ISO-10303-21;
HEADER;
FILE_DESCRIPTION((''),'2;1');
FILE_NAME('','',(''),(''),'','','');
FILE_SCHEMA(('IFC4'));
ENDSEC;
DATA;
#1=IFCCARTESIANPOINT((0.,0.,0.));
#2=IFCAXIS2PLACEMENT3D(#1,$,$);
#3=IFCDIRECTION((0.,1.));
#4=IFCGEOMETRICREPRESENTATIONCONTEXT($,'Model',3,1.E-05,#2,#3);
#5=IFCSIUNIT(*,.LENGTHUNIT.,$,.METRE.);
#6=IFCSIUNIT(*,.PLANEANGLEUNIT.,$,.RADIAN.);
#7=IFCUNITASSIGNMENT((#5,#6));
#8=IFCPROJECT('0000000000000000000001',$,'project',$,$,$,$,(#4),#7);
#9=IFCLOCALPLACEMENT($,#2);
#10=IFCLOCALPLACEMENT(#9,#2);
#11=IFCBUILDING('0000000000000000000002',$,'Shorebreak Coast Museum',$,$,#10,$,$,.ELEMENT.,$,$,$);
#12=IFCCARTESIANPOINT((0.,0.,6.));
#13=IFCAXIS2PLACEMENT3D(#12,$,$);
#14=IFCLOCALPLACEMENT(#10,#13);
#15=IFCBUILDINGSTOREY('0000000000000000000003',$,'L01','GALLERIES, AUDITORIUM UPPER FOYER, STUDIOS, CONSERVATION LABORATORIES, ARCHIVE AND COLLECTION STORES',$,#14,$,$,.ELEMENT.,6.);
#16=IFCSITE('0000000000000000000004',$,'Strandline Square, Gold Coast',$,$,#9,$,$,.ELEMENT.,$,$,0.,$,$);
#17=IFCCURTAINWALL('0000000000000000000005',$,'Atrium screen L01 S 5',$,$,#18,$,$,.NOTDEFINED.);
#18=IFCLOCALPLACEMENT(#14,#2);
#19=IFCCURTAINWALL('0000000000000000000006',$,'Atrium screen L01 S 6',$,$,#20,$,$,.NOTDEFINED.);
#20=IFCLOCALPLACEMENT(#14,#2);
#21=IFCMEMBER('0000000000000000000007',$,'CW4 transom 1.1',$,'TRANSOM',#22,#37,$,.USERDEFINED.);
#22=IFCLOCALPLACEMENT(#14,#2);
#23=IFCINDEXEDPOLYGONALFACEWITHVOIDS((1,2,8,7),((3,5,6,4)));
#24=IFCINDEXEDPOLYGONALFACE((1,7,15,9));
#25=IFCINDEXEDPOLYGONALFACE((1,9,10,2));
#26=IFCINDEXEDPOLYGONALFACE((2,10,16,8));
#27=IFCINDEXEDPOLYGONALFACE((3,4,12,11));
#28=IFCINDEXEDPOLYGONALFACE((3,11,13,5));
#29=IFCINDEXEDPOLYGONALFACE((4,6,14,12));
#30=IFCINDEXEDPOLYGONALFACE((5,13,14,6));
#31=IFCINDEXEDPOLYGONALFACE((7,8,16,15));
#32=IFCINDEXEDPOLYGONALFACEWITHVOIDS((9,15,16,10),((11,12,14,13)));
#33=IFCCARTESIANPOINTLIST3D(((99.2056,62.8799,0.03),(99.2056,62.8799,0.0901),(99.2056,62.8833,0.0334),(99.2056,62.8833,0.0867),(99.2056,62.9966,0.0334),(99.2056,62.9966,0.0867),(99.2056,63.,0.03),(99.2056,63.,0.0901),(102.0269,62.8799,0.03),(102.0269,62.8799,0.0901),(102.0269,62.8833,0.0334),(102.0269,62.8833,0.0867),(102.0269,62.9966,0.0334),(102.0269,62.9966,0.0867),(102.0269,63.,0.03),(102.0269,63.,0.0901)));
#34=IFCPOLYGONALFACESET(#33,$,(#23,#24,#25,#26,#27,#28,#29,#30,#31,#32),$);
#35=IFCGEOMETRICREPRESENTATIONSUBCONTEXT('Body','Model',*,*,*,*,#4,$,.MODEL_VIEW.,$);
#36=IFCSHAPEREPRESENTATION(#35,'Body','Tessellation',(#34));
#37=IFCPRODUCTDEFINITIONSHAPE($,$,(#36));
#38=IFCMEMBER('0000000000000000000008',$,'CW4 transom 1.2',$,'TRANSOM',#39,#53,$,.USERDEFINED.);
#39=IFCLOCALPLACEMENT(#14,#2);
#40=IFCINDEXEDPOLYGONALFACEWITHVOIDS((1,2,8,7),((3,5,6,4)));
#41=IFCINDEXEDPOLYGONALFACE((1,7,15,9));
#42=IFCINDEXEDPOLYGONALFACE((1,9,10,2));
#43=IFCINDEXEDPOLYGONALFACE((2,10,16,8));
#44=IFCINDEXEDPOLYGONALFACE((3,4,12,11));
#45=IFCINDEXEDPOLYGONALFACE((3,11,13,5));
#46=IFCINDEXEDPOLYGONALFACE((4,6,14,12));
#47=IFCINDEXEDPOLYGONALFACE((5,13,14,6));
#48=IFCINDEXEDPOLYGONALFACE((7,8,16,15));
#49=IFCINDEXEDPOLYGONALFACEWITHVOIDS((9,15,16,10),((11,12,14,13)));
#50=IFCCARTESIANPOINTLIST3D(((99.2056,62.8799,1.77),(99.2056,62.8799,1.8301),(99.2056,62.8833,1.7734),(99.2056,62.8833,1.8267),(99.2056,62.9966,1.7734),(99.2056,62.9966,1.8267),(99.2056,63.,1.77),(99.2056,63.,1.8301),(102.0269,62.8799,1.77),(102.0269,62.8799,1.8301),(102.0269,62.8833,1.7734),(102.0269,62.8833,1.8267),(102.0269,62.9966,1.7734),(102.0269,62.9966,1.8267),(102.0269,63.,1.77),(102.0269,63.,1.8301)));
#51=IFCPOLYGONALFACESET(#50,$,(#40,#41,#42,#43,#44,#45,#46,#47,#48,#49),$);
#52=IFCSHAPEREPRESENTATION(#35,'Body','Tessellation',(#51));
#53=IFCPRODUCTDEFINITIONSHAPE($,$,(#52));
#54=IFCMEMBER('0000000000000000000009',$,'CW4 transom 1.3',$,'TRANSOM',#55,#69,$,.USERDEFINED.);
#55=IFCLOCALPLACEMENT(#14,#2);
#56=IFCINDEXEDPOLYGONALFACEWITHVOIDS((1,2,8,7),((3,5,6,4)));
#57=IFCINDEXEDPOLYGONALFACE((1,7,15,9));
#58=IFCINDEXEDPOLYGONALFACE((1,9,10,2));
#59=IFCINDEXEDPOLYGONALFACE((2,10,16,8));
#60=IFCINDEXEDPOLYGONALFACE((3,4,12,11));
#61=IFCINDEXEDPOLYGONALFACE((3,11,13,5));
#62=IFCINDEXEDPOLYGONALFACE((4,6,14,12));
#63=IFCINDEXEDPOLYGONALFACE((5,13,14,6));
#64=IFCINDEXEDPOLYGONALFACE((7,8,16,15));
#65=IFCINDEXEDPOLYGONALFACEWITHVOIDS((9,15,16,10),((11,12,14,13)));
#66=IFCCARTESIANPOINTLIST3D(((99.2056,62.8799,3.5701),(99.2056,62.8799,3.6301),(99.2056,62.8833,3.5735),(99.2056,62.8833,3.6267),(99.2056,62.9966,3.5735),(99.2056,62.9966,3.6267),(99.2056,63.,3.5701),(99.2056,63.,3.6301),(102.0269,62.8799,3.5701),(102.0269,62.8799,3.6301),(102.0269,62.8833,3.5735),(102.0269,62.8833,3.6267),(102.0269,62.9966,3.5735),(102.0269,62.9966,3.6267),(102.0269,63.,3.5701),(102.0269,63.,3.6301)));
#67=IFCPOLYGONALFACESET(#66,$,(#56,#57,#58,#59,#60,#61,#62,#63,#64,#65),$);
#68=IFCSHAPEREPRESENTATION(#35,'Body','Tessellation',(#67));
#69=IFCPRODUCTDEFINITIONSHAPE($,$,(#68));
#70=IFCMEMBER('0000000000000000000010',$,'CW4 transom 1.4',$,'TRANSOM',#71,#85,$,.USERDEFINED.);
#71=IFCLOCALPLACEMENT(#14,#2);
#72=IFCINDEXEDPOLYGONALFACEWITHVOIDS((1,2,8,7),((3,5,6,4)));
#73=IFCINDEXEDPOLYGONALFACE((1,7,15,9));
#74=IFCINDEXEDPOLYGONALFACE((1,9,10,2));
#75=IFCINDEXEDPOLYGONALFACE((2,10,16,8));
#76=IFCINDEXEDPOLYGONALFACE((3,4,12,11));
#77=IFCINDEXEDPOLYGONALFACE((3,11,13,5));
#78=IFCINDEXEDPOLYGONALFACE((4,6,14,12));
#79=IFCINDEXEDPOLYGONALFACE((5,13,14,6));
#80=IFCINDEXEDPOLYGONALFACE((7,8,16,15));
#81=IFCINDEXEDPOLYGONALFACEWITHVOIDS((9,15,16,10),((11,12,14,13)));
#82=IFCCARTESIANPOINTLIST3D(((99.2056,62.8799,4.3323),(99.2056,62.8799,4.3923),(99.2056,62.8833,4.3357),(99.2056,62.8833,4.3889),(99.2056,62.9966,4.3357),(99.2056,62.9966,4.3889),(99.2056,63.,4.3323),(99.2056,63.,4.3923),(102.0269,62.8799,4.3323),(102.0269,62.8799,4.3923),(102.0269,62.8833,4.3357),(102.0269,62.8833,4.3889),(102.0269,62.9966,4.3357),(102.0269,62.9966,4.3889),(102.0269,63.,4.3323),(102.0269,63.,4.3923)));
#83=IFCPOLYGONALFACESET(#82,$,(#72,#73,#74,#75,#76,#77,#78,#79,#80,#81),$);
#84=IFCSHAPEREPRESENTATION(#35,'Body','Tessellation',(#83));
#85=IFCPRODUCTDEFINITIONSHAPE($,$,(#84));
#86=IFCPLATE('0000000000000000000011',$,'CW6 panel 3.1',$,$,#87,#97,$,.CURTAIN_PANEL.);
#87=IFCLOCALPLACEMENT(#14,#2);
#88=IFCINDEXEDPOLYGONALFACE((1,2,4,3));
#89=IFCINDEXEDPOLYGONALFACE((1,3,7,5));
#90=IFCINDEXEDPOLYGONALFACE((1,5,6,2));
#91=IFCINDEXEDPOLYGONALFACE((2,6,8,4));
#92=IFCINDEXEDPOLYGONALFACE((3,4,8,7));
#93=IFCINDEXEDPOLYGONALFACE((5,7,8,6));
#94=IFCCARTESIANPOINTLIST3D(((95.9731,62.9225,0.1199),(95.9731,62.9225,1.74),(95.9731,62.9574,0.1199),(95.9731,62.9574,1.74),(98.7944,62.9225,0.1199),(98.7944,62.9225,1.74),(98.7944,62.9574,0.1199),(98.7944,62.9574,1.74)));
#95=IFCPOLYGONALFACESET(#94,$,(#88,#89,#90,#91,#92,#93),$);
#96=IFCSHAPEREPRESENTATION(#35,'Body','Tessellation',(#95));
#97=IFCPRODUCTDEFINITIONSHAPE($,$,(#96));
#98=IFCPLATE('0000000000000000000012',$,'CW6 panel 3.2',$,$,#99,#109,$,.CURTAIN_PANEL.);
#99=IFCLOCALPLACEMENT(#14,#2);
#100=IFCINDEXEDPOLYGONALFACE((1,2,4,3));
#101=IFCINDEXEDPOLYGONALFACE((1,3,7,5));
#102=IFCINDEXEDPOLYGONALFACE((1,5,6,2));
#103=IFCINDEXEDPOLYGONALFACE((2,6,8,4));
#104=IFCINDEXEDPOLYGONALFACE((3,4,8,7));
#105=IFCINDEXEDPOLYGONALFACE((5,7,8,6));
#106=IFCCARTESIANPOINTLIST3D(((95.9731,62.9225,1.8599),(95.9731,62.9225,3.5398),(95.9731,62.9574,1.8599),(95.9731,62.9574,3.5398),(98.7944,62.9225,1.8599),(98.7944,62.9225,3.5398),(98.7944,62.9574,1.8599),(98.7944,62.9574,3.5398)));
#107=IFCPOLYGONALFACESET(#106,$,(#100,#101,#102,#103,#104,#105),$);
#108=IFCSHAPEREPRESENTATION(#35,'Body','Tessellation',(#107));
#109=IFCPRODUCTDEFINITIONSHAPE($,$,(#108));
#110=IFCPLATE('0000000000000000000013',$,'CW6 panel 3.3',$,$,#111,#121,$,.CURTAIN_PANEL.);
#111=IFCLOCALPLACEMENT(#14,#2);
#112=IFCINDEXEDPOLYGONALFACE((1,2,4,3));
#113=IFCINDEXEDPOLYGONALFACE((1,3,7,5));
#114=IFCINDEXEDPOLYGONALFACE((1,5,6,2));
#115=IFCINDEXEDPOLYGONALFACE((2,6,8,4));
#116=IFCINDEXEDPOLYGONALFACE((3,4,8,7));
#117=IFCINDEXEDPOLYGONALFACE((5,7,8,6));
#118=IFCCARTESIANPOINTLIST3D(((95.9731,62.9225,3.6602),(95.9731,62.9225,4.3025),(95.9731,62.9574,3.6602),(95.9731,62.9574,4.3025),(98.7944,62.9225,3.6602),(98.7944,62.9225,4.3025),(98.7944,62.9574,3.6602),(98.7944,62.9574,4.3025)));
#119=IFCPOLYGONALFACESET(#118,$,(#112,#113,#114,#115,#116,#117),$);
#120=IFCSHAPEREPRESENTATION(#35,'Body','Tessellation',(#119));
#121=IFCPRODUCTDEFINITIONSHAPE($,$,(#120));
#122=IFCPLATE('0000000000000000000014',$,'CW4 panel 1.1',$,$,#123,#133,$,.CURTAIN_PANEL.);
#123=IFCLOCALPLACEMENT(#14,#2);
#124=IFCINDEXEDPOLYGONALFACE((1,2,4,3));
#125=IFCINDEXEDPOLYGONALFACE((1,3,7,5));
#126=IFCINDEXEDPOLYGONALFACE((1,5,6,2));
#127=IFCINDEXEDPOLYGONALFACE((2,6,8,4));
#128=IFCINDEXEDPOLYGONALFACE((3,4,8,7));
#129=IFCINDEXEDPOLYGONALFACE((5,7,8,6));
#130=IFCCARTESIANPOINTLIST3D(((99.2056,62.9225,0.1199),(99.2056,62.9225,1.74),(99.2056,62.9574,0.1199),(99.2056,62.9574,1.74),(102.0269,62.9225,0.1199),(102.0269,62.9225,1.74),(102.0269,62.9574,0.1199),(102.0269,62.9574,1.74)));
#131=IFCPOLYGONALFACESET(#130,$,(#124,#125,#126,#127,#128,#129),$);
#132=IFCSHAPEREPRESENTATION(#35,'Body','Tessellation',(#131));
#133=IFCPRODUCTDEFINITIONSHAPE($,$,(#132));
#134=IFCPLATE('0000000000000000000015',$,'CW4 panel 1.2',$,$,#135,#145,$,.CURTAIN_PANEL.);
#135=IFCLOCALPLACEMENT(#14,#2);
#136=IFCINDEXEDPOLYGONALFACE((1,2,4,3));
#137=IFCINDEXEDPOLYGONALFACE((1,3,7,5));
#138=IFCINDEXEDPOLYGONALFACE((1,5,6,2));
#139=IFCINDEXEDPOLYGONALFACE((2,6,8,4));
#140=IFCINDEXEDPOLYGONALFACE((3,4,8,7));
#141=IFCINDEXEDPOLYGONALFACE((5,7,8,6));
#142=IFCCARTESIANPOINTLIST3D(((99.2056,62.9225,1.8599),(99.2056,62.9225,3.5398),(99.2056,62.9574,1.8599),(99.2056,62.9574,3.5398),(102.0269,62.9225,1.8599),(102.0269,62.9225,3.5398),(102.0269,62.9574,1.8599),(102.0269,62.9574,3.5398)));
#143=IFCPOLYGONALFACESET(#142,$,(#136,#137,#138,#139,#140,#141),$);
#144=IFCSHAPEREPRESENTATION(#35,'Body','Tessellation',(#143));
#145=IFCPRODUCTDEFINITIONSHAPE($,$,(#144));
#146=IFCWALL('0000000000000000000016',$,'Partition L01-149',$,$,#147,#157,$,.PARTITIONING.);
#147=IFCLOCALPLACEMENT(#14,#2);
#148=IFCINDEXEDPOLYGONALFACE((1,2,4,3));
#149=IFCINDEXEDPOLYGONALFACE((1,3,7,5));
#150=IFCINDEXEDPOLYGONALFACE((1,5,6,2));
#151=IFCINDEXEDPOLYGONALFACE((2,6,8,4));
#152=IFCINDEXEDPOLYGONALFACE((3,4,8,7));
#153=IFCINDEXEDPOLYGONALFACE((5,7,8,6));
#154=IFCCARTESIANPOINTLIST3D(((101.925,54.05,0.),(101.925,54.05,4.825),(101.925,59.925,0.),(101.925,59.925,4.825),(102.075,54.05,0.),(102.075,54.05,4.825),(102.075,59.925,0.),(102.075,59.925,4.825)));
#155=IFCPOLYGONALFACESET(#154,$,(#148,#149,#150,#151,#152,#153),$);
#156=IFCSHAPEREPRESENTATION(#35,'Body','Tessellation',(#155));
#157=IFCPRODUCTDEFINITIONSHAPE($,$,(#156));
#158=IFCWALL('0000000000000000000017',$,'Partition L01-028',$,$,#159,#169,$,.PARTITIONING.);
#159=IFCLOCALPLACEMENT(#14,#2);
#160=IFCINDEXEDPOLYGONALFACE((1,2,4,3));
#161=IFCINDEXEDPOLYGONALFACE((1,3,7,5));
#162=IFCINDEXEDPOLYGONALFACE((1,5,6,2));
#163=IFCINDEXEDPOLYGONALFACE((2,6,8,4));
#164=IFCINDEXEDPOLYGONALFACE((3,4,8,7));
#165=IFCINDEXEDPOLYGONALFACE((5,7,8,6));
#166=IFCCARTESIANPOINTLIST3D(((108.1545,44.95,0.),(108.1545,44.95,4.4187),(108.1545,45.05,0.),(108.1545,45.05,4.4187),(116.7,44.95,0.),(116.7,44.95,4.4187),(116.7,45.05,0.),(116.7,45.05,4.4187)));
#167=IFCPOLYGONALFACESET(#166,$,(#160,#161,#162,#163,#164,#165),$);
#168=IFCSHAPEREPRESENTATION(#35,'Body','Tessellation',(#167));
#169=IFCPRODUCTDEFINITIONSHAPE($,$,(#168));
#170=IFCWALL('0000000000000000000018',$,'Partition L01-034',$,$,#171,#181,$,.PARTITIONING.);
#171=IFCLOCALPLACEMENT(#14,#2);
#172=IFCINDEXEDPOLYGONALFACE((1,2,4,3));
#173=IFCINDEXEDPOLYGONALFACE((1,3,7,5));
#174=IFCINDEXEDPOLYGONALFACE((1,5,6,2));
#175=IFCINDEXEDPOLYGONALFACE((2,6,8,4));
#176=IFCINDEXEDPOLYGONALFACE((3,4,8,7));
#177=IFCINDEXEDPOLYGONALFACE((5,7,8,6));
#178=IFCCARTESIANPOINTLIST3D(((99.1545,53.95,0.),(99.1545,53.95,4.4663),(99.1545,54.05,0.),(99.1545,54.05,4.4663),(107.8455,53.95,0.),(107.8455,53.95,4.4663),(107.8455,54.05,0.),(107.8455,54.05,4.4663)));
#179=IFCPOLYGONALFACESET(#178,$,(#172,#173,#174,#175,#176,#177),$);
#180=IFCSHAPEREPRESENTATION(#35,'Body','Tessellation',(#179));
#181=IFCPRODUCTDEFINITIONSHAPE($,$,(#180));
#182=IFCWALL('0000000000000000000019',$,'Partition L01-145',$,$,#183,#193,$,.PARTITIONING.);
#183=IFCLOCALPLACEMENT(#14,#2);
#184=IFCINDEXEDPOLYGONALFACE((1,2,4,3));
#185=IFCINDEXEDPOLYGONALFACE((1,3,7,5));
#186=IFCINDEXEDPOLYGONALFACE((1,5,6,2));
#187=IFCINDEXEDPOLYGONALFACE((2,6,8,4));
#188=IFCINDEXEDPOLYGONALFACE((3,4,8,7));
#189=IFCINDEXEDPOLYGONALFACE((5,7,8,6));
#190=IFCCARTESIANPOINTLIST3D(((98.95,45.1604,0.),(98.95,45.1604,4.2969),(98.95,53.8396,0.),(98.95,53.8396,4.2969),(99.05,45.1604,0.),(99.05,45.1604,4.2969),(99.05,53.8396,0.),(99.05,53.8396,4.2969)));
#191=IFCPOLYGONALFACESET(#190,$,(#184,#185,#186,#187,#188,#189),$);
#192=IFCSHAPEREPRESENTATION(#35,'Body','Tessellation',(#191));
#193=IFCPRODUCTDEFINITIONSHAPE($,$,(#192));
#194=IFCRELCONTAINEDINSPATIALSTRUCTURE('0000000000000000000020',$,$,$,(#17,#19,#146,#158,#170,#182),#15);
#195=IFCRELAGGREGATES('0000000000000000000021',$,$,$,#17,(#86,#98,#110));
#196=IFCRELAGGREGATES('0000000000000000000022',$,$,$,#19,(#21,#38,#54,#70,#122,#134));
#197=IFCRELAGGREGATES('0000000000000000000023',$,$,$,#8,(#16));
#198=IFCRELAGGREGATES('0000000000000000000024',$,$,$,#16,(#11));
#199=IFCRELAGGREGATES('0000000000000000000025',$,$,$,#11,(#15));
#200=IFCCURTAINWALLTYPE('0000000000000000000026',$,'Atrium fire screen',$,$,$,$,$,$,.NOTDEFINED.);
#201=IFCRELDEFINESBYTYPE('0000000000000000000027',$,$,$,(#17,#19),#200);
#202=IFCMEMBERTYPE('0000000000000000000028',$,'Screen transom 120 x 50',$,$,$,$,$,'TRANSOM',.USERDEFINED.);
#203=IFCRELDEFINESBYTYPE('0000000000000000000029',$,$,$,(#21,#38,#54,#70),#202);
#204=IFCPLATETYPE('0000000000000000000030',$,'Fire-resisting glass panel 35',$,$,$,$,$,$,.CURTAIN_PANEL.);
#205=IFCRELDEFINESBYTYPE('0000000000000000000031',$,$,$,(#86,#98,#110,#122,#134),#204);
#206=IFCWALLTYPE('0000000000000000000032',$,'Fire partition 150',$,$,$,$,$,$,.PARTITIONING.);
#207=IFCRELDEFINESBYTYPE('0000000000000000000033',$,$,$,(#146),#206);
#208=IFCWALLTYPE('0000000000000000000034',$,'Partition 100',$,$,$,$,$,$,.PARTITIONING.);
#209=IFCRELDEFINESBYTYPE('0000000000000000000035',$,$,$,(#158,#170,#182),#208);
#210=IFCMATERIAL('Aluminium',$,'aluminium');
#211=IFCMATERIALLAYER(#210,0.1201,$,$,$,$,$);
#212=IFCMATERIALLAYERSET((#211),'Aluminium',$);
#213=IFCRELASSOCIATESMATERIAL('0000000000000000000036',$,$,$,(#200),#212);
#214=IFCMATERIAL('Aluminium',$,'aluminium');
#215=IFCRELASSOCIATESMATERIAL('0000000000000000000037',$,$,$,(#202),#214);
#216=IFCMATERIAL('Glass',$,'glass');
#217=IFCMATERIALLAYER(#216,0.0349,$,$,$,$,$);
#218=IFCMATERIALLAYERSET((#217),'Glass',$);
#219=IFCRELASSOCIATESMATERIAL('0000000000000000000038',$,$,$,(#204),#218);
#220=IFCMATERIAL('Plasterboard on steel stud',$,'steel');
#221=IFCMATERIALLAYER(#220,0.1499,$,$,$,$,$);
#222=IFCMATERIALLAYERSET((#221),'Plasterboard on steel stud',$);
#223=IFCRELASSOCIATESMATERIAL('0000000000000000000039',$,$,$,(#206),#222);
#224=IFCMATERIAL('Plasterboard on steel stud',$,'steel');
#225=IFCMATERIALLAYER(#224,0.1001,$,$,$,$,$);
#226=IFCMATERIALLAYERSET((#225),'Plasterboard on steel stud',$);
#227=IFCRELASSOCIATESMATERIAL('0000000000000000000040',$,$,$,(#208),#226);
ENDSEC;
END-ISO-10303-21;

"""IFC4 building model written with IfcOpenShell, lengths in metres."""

from ifc_helpers import new_model, si_unit, direction, frame, frame_2d, origin, origin_2d, place, context, subcontext, project, spatial, rectangle, hollow_rectangle, extrude, material, layer, layer_set, material_profile, profile_set, type_object, element, aggregate, save


model = new_model("IFC4")

# Units and contexts
model_context = context("Model", 3, precision=1e-05, world=origin(), true_north=direction((0.0, 1.0)))
body_context = subcontext(model_context, "Body", "Model", "MODEL_VIEW")
ifc_project = project(units=[si_unit("LENGTHUNIT", "METRE"), si_unit("PLANEANGLEUNIT", "RADIAN")], contexts=[model_context])

# Site, building, storey
site_placement = place(None, origin())
site = spatial("IfcSite", under=ifc_project, at=site_placement, Name="Strandline Square, Gold Coast", CompositionType="ELEMENT", RefElevation=0.0)
building_placement = place(site_placement, origin())
building = spatial("IfcBuilding", under=site, at=building_placement, Name="Shorebreak Coast Museum", CompositionType="ELEMENT")
storey_placement = place(building_placement, frame((0.0, 0.0, 6.0)))
storey = spatial("IfcBuildingStorey", under=building, at=storey_placement, Name="L01", Description="GALLERIES, AUDITORIUM UPPER FOYER, STUDIOS, CONSERVATION LABORATORIES, ARCHIVE AND COLLECTION STORES", CompositionType="ELEMENT", Elevation=6.0)

# Curtain walls
ifc_material_1 = material(Name="Aluminium", Category="aluminium")
ifc_layer_1 = layer(ifc_material_1, 0.1201)
ifc_layer_set_1 = layer_set([ifc_layer_1], Name="Aluminium")
curtain_wall_type = type_object("IfcCurtainWallType", Name="Atrium fire screen", PredefinedType="NOTDEFINED", material=ifc_layer_set_1)
curtain_wall_1_placement = place(storey_placement, origin())
curtain_wall_1 = element("IfcCurtainWall", 1, at=curtain_wall_1_placement, inside=storey, type_object=curtain_wall_type, Name="Atrium screen L01 S 5", PredefinedType="NOTDEFINED")
curtain_wall_2_placement = place(storey_placement, origin())
curtain_wall_2 = element("IfcCurtainWall", 2, at=curtain_wall_2_placement, inside=storey, type_object=curtain_wall_type, Name="Atrium screen L01 S 6", PredefinedType="NOTDEFINED")

# Members
ifc_material_2 = material(Name="Aluminium", Category="aluminium")
ifc_material_profile_1 = material_profile(ifc_material_2, hollow_rectangle(XDim=0.1201, YDim=0.0601, WallThickness=0.0034, at=origin_2d()), Name="AL 60x120 RHS")
ifc_profile_set_1 = profile_set([ifc_material_profile_1], Name="Aluminium")
member_type_1 = type_object("IfcMemberType", Name="Screen transom 120 x 50", ElementType="TRANSOM", PredefinedType="USERDEFINED", material=ifc_profile_set_1)
member_1_placement = place(storey_placement, frame((99.2056, 62.9399, 0.0601), z_axis=(1.0, 0.0, 0.0), x_axis=(0.0, 1.0, 0.0)))
member_1 = element("IfcMember", 3, at=member_1_placement, type_object=member_type_1, Name="CW4 transom 1.1", ObjectType="TRANSOM", PredefinedType="USERDEFINED", context=body_context, shape_type="SweptSolid", body=[
    extrude(hollow_rectangle(XDim=0.1201, YDim=0.0601, WallThickness=0.0034, at=origin_2d()), origin(), (0.0, 0.0, 1.0), 2.8213),
])
member_2_placement = place(storey_placement, frame((99.2056, 62.9399, 1.8), z_axis=(1.0, 0.0, 0.0), x_axis=(0.0, 1.0, 0.0)))
member_2 = element("IfcMember", 4, at=member_2_placement, type_object=member_type_1, Name="CW4 transom 1.2", ObjectType="TRANSOM", PredefinedType="USERDEFINED", context=body_context, shape_type="SweptSolid", body=[
    extrude(hollow_rectangle(XDim=0.1201, YDim=0.0601, WallThickness=0.0034, at=origin_2d()), origin(), (0.0, 0.0, 1.0), 2.8213),
])
member_3_placement = place(storey_placement, frame((99.2056, 62.9399, 3.6001), z_axis=(1.0, 0.0, 0.0), x_axis=(0.0, 1.0, 0.0)))
member_3 = element("IfcMember", 5, at=member_3_placement, type_object=member_type_1, Name="CW4 transom 1.3", ObjectType="TRANSOM", PredefinedType="USERDEFINED", context=body_context, shape_type="SweptSolid", body=[
    extrude(hollow_rectangle(XDim=0.1201, YDim=0.0601, WallThickness=0.0034, at=origin_2d()), origin(), (0.0, 0.0, 1.0), 2.8213),
])
member_4_placement = place(storey_placement, frame((99.2056, 62.9399, 4.3623), z_axis=(1.0, 0.0, 0.0), x_axis=(0.0, 1.0, 0.0)))
member_4 = element("IfcMember", 6, at=member_4_placement, type_object=member_type_1, Name="CW4 transom 1.4", ObjectType="TRANSOM", PredefinedType="USERDEFINED", context=body_context, shape_type="SweptSolid", body=[
    extrude(hollow_rectangle(XDim=0.1201, YDim=0.0601, WallThickness=0.0034, at=origin_2d()), origin(), (0.0, 0.0, 1.0), 2.8213),
])

# Plates
ifc_material_3 = material(Name="Glass", Category="glass")
ifc_layer_2 = layer(ifc_material_3, 0.0349)
ifc_layer_set_2 = layer_set([ifc_layer_2], Name="Glass")
plate_type = type_object("IfcPlateType", Name="Fire-resisting glass panel 35", PredefinedType="CURTAIN_PANEL", material=ifc_layer_set_2)
plate_1_placement = place(storey_placement, frame((97.3838, 62.9399, 0.1199), z_axis=(0.0, 0.0, 1.0), x_axis=(1.0, 0.0, 0.0)))
plate_1 = element("IfcPlate", 7, at=plate_1_placement, type_object=plate_type, Name="CW6 panel 3.1", PredefinedType="CURTAIN_PANEL", context=body_context, shape_type="SweptSolid", body=[
    extrude(rectangle(XDim=2.8213, YDim=0.0349, at=origin_2d()), origin(), (0.0, 0.0, 1.0), 1.6201),
])
plate_2_placement = place(storey_placement, frame((97.3838, 62.9399, 1.8599), z_axis=(0.0, 0.0, 1.0), x_axis=(1.0, 0.0, 0.0)))
plate_2 = element("IfcPlate", 8, at=plate_2_placement, type_object=plate_type, Name="CW6 panel 3.2", PredefinedType="CURTAIN_PANEL", context=body_context, shape_type="SweptSolid", body=[
    extrude(rectangle(XDim=2.8213, YDim=0.0349, at=origin_2d()), origin(), (0.0, 0.0, 1.0), 1.6799),
])
plate_3_placement = place(storey_placement, frame((97.3838, 62.9399, 3.6602), z_axis=(0.0, 0.0, 1.0), x_axis=(1.0, 0.0, 0.0)))
plate_3 = element("IfcPlate", 9, at=plate_3_placement, type_object=plate_type, Name="CW6 panel 3.3", PredefinedType="CURTAIN_PANEL", context=body_context, shape_type="SweptSolid", body=[
    extrude(rectangle(XDim=2.8213, YDim=0.0349, at=origin_2d()), origin(), (0.0, 0.0, 1.0), 0.6423),
])
aggregate(curtain_wall_1, [plate_1, plate_2, plate_3])
plate_4_placement = place(storey_placement, frame((100.6162, 62.9399, 0.1199), z_axis=(0.0, 0.0, 1.0), x_axis=(1.0, 0.0, 0.0)))
plate_4 = element("IfcPlate", 10, at=plate_4_placement, type_object=plate_type, Name="CW4 panel 1.1", PredefinedType="CURTAIN_PANEL", context=body_context, shape_type="SweptSolid", body=[
    extrude(rectangle(XDim=2.8213, YDim=0.0349, at=origin_2d()), origin(), (0.0, 0.0, 1.0), 1.6201),
])
plate_5_placement = place(storey_placement, frame((100.6162, 62.9399, 1.8599), z_axis=(0.0, 0.0, 1.0), x_axis=(1.0, 0.0, 0.0)))
plate_5 = element("IfcPlate", 11, at=plate_5_placement, type_object=plate_type, Name="CW4 panel 1.2", PredefinedType="CURTAIN_PANEL", context=body_context, shape_type="SweptSolid", body=[
    extrude(rectangle(XDim=2.8213, YDim=0.0349, at=origin_2d()), origin(), (0.0, 0.0, 1.0), 1.6799),
])
aggregate(curtain_wall_2, [member_1, member_2, member_3, member_4, plate_4, plate_5])

# Walls
ifc_material_4 = material(Name="Plasterboard on steel stud", Category="steel")
ifc_layer_3 = layer(ifc_material_4, 0.1499)
ifc_layer_set_3 = layer_set([ifc_layer_3], Name="Plasterboard on steel stud")
wall_type_1 = type_object("IfcWallType", Name="Fire partition 150", PredefinedType="PARTITIONING", material=ifc_layer_set_3)
wall_1_placement = place(storey_placement, frame((102.0, 54.05, 0.0), z_axis=(0.0, 0.0, 1.0), x_axis=(0.0, 1.0, 0.0)))
element("IfcWall", 12, at=wall_1_placement, inside=storey, type_object=wall_type_1, Name="Partition L01-149", PredefinedType="PARTITIONING", context=body_context, shape_type="SweptSolid", body=[
    extrude(rectangle(XDim=5.875, YDim=0.1499, at=frame_2d((2.9375, 0.0))), origin(), (0.0, 0.0, 1.0), 4.825),
])
ifc_material_5 = material(Name="Plasterboard on steel stud", Category="steel")
ifc_layer_4 = layer(ifc_material_5, 0.1001)
ifc_layer_set_4 = layer_set([ifc_layer_4], Name="Plasterboard on steel stud")
wall_type_2 = type_object("IfcWallType", Name="Partition 100", PredefinedType="PARTITIONING", material=ifc_layer_set_4)
wall_2_placement = place(storey_placement, frame((108.1545, 45.0, 0.0), z_axis=(0.0, 0.0, 1.0), x_axis=(1.0, 0.0, 0.0)))
element("IfcWall", 13, at=wall_2_placement, inside=storey, type_object=wall_type_2, Name="Partition L01-028", PredefinedType="PARTITIONING", context=body_context, shape_type="SweptSolid", body=[
    extrude(rectangle(XDim=8.5454, YDim=0.1001, at=frame_2d((4.2727, 0.0))), origin(), (0.0, 0.0, 1.0), 4.4187),
])
wall_3_placement = place(storey_placement, frame((99.1545, 54.0, 0.0), z_axis=(0.0, 0.0, 1.0), x_axis=(1.0, 0.0, 0.0)))
element("IfcWall", 14, at=wall_3_placement, inside=storey, type_object=wall_type_2, Name="Partition L01-034", PredefinedType="PARTITIONING", context=body_context, shape_type="SweptSolid", body=[
    extrude(rectangle(XDim=8.6909, YDim=0.1001, at=frame_2d((4.3455, 0.0))), origin(), (0.0, 0.0, 1.0), 4.4663),
])
wall_4_placement = place(storey_placement, frame((99.0, 45.1604, 0.0), z_axis=(0.0, 0.0, 1.0), x_axis=(0.0, 1.0, 0.0)))
element("IfcWall", 15, at=wall_4_placement, inside=storey, type_object=wall_type_2, Name="Partition L01-145", PredefinedType="PARTITIONING", context=body_context, shape_type="SweptSolid", body=[
    extrude(rectangle(XDim=8.6792, YDim=0.1001, at=frame_2d((4.3396, 0.0))), origin(), (0.0, 0.0, 1.0), 4.2969),
])

save(model, "model.ifc")
